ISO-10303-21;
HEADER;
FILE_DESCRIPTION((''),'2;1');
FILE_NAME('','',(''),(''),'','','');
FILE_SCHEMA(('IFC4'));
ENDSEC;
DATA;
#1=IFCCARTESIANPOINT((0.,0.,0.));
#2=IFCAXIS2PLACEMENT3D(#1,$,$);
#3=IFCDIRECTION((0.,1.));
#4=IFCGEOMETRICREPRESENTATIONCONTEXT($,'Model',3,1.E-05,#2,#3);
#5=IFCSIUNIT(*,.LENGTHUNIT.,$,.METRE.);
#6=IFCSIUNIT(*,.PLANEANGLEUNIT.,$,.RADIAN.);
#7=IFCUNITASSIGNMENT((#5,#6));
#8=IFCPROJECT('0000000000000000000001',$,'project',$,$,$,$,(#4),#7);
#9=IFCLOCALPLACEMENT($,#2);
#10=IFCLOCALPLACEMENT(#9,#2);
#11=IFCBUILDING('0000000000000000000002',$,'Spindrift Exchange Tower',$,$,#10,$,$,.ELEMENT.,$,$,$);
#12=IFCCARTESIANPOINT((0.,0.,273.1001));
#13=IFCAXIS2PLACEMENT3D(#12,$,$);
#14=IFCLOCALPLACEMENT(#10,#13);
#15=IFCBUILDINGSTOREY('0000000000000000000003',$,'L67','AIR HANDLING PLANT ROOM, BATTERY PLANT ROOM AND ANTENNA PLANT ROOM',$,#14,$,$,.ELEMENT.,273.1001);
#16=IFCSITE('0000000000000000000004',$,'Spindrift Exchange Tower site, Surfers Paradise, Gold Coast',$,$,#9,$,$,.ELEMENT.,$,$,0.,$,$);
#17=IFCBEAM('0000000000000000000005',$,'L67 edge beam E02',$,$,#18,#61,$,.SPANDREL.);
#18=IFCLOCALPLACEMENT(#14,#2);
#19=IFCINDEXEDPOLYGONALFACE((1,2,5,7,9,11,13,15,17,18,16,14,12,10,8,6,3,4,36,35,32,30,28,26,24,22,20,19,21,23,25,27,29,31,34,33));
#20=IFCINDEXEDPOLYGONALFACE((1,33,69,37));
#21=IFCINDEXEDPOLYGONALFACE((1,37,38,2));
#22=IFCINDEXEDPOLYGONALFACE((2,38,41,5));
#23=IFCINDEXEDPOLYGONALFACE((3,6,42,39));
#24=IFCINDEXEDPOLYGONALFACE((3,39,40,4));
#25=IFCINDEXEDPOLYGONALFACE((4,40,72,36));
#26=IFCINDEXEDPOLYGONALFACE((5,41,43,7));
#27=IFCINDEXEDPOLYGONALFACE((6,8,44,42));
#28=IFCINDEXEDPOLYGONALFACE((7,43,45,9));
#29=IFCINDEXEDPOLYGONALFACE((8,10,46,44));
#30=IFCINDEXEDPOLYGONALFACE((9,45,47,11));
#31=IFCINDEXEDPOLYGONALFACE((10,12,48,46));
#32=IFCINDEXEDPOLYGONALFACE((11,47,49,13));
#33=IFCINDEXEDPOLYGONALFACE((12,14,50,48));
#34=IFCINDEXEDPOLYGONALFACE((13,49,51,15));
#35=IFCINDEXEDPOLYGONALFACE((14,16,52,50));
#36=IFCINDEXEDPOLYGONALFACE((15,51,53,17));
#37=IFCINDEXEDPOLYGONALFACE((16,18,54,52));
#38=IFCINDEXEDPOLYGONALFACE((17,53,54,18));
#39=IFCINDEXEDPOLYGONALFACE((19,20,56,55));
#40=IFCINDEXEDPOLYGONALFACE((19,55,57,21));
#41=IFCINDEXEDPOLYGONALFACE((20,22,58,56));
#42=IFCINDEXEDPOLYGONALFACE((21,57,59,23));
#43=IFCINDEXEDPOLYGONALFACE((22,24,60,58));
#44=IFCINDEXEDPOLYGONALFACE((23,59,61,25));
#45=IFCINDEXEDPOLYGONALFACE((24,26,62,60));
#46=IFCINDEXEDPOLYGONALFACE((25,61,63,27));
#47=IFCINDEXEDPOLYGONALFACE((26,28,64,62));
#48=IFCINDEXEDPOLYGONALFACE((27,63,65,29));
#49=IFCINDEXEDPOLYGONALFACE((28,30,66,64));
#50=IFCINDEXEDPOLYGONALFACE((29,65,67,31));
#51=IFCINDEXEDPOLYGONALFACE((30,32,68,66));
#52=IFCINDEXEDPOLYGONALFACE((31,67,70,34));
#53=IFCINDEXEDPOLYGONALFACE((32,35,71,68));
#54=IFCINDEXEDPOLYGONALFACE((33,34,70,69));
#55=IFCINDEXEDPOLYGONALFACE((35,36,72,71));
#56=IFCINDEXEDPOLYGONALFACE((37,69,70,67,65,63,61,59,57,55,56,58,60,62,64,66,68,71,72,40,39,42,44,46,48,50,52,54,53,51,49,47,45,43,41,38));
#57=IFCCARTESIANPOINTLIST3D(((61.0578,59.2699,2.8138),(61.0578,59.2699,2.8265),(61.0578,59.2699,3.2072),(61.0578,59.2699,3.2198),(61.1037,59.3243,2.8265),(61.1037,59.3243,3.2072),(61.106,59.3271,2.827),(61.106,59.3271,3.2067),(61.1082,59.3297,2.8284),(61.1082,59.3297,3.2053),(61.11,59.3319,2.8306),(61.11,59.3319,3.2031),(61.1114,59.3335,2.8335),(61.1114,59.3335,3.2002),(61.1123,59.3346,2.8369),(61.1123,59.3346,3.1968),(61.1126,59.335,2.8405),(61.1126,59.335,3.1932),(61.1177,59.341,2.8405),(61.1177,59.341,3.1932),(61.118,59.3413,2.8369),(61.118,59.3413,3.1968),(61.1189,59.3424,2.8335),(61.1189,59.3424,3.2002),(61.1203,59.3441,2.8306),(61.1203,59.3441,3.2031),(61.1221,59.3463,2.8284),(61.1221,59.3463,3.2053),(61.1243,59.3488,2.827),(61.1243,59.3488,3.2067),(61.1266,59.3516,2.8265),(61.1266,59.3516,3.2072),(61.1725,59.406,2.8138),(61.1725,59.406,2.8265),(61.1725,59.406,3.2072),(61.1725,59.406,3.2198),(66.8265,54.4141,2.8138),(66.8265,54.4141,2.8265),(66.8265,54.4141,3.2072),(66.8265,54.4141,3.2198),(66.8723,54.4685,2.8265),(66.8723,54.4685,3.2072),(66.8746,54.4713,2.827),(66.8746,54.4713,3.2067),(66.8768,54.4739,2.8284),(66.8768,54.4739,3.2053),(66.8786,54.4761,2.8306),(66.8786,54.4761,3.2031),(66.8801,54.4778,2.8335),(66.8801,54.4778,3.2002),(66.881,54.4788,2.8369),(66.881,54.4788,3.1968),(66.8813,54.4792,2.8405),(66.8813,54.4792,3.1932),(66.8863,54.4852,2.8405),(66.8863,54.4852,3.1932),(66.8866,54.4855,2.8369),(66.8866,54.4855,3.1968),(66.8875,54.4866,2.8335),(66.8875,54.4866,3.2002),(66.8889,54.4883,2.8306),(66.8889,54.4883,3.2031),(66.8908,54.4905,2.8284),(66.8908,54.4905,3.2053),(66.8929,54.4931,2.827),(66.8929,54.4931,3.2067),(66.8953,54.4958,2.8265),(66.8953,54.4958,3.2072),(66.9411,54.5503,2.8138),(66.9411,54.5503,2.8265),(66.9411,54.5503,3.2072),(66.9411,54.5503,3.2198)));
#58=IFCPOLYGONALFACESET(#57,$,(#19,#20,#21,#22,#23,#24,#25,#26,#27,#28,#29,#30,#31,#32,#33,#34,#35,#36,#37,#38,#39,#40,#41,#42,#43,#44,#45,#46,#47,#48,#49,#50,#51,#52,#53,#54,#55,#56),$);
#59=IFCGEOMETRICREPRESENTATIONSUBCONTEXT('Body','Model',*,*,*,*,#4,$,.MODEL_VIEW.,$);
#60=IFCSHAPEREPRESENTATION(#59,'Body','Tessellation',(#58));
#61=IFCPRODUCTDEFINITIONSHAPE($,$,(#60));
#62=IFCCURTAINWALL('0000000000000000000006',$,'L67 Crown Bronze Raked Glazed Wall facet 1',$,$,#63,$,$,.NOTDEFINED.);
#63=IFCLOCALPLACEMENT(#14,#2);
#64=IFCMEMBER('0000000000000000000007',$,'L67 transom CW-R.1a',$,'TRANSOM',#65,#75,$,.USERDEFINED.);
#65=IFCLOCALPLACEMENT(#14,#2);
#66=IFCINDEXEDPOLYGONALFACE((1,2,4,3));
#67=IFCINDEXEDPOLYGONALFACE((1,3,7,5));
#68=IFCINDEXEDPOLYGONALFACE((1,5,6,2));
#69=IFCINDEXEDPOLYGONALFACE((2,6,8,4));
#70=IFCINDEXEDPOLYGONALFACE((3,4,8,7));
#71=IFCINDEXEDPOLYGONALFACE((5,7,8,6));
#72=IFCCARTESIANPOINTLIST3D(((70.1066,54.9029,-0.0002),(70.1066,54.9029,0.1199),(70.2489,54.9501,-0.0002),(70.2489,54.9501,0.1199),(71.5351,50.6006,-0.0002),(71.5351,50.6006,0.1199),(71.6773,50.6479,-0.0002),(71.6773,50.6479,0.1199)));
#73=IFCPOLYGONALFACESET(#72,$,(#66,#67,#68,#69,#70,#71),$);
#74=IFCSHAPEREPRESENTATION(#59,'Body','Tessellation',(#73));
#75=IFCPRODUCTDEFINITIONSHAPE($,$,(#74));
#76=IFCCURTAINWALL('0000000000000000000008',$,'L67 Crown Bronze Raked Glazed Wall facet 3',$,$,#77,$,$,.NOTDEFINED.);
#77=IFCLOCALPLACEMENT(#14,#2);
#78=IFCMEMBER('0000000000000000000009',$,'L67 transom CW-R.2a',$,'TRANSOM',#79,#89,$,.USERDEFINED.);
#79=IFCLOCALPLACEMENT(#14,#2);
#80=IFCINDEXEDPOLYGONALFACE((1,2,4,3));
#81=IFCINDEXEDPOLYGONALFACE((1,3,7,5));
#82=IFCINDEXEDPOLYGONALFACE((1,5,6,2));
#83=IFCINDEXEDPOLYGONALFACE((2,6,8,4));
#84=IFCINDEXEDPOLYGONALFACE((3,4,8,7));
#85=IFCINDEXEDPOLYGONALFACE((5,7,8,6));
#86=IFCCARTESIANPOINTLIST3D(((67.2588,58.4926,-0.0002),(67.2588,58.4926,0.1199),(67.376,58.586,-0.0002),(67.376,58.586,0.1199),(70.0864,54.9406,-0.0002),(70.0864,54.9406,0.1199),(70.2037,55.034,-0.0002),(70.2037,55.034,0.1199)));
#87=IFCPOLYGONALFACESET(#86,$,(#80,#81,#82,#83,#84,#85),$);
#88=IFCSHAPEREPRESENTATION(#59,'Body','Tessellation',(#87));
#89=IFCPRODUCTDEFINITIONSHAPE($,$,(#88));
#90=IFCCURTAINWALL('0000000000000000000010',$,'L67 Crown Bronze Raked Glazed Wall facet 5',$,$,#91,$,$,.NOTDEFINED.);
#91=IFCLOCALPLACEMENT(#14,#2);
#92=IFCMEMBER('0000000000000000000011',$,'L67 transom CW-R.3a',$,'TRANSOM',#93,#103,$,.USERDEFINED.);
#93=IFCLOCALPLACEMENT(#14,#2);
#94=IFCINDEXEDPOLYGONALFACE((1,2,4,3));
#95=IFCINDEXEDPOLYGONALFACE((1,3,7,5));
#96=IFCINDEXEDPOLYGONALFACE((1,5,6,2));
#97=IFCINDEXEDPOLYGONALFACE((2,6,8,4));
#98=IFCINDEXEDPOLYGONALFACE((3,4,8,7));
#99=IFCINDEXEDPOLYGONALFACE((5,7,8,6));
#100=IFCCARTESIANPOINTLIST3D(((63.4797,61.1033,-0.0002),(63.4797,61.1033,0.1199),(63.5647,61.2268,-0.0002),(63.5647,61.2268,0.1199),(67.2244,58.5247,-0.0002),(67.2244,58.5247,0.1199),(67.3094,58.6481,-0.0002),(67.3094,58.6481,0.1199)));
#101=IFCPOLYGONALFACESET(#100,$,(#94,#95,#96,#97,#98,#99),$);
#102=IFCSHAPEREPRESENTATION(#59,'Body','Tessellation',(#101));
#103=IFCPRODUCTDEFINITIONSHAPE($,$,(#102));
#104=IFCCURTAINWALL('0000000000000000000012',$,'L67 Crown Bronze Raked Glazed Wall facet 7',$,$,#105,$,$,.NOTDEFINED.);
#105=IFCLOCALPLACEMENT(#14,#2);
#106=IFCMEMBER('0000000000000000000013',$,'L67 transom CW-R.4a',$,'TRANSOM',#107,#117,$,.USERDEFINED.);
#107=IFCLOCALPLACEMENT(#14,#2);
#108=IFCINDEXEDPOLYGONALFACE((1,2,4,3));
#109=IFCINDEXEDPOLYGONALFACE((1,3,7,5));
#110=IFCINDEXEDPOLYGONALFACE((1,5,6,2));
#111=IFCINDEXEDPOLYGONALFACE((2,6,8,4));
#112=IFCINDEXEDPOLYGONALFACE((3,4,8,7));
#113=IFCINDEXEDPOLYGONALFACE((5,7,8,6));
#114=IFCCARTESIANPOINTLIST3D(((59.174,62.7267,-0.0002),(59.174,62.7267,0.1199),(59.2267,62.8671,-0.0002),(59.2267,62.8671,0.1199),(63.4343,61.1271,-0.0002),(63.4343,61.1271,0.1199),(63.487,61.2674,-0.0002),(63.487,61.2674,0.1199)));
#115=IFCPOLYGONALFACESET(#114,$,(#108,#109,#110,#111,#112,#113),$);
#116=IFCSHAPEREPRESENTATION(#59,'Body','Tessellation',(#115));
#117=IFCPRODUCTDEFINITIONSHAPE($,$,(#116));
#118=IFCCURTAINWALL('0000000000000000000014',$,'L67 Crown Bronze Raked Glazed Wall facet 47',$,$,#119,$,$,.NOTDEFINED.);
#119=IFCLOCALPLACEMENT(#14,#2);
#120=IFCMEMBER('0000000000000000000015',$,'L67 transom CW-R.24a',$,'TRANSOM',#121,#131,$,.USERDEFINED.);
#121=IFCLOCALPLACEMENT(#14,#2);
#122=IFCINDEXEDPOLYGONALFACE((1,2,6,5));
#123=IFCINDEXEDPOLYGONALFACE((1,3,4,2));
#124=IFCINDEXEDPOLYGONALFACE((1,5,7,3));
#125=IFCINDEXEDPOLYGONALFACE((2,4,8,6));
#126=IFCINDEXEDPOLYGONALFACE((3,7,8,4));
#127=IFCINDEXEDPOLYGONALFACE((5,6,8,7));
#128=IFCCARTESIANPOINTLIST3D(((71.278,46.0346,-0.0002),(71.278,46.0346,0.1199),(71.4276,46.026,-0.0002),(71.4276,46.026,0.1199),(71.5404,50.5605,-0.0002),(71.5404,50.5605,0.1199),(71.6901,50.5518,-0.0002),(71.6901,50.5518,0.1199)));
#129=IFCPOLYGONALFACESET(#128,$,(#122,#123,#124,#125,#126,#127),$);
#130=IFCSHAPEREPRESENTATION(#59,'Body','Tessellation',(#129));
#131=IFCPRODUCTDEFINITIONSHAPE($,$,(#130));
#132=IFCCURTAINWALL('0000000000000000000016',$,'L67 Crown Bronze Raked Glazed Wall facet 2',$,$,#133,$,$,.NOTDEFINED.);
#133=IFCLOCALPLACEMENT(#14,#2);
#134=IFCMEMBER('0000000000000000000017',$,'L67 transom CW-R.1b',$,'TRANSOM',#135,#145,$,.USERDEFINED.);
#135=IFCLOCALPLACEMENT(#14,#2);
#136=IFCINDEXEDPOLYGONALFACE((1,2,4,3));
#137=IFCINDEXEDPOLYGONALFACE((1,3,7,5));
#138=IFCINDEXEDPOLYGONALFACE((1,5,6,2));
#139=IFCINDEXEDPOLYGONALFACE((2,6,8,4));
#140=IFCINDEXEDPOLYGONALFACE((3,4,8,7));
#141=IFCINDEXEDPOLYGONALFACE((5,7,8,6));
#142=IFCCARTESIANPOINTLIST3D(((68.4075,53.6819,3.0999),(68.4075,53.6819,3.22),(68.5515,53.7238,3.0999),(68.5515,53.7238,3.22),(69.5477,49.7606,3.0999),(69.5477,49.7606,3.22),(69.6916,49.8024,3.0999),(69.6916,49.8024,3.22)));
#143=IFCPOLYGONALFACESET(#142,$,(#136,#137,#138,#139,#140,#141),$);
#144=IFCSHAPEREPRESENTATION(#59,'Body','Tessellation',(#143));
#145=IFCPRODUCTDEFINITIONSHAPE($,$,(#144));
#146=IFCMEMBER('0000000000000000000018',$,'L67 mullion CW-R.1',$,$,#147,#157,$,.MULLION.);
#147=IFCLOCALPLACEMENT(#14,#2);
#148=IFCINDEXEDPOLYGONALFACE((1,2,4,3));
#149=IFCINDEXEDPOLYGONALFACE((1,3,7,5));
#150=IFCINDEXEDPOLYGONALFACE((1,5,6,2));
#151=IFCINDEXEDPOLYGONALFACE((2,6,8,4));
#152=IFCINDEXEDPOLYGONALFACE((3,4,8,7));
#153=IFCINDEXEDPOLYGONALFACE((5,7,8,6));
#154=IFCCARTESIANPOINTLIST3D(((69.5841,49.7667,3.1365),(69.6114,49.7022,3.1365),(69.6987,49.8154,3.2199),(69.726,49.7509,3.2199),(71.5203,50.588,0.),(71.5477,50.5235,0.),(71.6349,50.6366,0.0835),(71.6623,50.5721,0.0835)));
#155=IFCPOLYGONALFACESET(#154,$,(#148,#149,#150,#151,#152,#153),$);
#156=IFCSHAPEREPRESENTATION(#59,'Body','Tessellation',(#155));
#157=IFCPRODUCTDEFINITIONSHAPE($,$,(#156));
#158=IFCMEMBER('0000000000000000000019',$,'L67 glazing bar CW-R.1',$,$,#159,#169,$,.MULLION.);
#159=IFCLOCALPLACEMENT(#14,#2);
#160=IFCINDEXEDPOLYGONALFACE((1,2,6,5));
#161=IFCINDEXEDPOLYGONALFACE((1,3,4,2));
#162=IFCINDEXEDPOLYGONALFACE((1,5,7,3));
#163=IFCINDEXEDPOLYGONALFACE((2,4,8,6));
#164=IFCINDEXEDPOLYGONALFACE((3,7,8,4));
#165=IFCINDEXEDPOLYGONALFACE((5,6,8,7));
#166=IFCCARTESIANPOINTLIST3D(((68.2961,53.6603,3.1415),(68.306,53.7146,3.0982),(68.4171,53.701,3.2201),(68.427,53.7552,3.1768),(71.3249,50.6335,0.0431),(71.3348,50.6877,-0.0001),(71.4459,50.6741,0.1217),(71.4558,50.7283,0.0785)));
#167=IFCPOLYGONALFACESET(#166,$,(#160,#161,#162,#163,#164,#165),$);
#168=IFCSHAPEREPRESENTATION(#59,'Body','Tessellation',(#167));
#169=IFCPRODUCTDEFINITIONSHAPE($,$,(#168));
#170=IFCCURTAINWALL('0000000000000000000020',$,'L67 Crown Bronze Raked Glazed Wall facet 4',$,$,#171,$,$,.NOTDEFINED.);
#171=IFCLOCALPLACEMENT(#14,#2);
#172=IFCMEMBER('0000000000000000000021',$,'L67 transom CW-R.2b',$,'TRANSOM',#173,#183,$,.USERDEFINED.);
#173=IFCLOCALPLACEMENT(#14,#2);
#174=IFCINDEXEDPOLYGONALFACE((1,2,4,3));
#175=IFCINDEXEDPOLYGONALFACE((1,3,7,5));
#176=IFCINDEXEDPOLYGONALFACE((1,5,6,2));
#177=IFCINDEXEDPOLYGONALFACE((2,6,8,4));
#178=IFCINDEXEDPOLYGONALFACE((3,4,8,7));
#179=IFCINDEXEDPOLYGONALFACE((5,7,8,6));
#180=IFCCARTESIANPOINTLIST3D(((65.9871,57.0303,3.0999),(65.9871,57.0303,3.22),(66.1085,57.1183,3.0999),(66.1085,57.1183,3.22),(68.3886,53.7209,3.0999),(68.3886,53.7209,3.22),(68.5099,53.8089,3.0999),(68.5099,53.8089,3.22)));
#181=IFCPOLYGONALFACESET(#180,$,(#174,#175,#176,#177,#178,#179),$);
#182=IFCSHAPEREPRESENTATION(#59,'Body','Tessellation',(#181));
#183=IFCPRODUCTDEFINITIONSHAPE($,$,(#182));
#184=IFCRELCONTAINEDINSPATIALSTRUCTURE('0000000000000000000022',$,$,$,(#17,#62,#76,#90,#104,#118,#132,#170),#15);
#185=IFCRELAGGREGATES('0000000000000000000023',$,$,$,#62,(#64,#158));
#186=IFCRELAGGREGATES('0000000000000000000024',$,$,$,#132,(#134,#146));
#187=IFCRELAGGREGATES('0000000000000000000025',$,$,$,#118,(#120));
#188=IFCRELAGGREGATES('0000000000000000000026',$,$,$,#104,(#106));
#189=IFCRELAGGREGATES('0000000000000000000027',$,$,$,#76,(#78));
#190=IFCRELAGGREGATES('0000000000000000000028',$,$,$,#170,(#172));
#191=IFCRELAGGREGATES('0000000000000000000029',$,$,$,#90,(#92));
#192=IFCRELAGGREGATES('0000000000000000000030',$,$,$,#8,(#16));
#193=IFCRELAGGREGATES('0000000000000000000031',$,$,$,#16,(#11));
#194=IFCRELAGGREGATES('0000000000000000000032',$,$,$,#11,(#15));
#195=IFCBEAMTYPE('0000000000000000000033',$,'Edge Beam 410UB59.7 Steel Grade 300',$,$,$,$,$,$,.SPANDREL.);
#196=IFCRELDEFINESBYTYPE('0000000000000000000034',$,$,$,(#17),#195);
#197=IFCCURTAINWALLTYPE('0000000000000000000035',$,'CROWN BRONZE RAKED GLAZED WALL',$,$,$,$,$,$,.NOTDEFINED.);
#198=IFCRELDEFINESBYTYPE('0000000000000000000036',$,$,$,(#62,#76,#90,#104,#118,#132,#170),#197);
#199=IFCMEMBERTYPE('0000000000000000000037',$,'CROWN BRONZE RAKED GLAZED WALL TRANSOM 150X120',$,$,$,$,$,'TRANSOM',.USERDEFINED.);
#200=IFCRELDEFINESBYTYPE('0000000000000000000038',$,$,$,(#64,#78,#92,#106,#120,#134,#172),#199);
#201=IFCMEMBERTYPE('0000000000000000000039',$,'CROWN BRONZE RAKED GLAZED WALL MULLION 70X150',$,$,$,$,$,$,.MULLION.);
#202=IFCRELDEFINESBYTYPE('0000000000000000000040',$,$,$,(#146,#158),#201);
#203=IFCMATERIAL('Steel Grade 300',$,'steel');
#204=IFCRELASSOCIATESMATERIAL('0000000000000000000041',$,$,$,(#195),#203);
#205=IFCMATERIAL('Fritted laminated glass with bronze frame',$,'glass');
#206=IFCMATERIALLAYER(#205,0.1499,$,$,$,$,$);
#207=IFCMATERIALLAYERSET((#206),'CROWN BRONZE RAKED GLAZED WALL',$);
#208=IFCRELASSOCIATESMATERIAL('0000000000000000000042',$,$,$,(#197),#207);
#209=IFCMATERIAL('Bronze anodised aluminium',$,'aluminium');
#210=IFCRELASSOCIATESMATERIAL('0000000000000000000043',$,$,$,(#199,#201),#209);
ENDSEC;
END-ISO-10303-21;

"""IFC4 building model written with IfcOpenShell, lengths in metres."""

from ifc_helpers import new_model, si_unit, direction, frame, origin, origin_2d, place, context, subcontext, project, spatial, rectangle, i_section, extrude, source, transform, mapped, material, layer, layer_set, material_profile, profile_set, type_object, element, aggregate, save


model = new_model("IFC4")

# Units and contexts
model_context = context("Model", 3, precision=1e-05, world=origin(), true_north=direction((0.0, 1.0)))
body_context = subcontext(model_context, "Body", "Model", "MODEL_VIEW")
ifc_project = project(units=[si_unit("LENGTHUNIT", "METRE"), si_unit("PLANEANGLEUNIT", "RADIAN")], contexts=[model_context])

# Site, building, storey
site_placement = place(None, origin())
site = spatial("IfcSite", under=ifc_project, at=site_placement, Name="Spindrift Exchange Tower site, Surfers Paradise, Gold Coast", CompositionType="ELEMENT", RefElevation=0.0)
building_placement = place(site_placement, origin())
building = spatial("IfcBuilding", under=site, at=building_placement, Name="Spindrift Exchange Tower", CompositionType="ELEMENT")
storey_placement = place(building_placement, frame((0.0, 0.0, 273.1001)))
storey = spatial("IfcBuildingStorey", under=building, at=storey_placement, Name="L67", Description="AIR HANDLING PLANT ROOM, BATTERY PLANT ROOM AND ANTENNA PLANT ROOM", CompositionType="ELEMENT", Elevation=273.1001)

# Beam
ifc_material_1 = material(Name="Steel Grade 300", Category="steel")
ifc_material_profile_1 = material_profile(ifc_material_1, i_section(OverallWidth=0.178, OverallDepth=0.406, WebThickness=0.0078, FlangeThickness=0.0127, FilletRadius=0.0139, at=origin_2d()), Name="410UB59.7")
ifc_profile_set_1 = profile_set([ifc_material_profile_1], Name="Steel Grade 300")
beam_type_1 = type_object("IfcBeamType", Name="Edge Beam 410UB59.7 Steel Grade 300", PredefinedType="SPANDREL", material=ifc_profile_set_1)
shared_shape_1 = source(origin(), body_context, "Body", "SweptSolid", [
    extrude(i_section(OverallWidth=0.178, OverallDepth=0.406, WebThickness=0.0078, FlangeThickness=0.0127, FilletRadius=0.0139, at=origin_2d()), origin(), (0.0, 0.0, 1.0), 7.5403),
])
beam_1_placement = place(storey_placement, frame((66.8838, 54.4822, 3.0168), z_axis=(-0.765043, 0.643979, 0.0), x_axis=(-0.643979, -0.765043, 0.0)))
element("IfcBeam", 1, at=beam_1_placement, inside=storey, type_object=beam_type_1, Name="L67 edge beam E02", PredefinedType="SPANDREL", context=body_context, shape_type="MappedRepresentation", body=[
    mapped(shared_shape_1, transform((0.0, 0.0, 0.0), scale=1.0)),
])

# Curtain walls, members
ifc_material_2 = material(Name="Fritted laminated glass with bronze frame", Category="glass")
ifc_layer_1 = layer(ifc_material_2, 0.1499)
ifc_layer_set_1 = layer_set([ifc_layer_1], Name="CROWN BRONZE RAKED GLAZED WALL")
curtain_wall_type = type_object("IfcCurtainWallType", Name="CROWN BRONZE RAKED GLAZED WALL", PredefinedType="NOTDEFINED", material=ifc_layer_set_1)
curtain_wall_1_placement = place(storey_placement, origin())
curtain_wall_1 = element("IfcCurtainWall", 2, at=curtain_wall_1_placement, inside=storey, type_object=curtain_wall_type, Name="L67 Crown Bronze Raked Glazed Wall facet 1", PredefinedType="NOTDEFINED")
ifc_material_3 = material(Name="Bronze anodised aluminium", Category="aluminium")
ifc_material_profile_2 = material_profile(ifc_material_3, rectangle(XDim=0.1499, YDim=0.1201, at=origin_2d()), Name="CROWN BRONZE RAKED GLAZED WALL TRANSOM 150X120")
ifc_profile_set_2 = profile_set([ifc_material_profile_2], Name="Bronze anodised aluminium")
member_type_1 = type_object("IfcMemberType", Name="CROWN BRONZE RAKED GLAZED WALL TRANSOM 150X120", ElementType="TRANSOM", PredefinedType="USERDEFINED", material=ifc_profile_set_2)
shared_shape_2 = source(origin(), body_context, "Body", "SweptSolid", [
    extrude(rectangle(XDim=0.1499, YDim=0.1201, at=origin_2d()), origin(), (0.0, 0.0, 1.0), 4.5332),
])
member_1_placement = place(storey_placement, frame((71.6062, 50.6243, 0.0598), z_axis=(-0.315113, 0.949054, 0.0), x_axis=(-0.949054, -0.315113, 0.0)))
member_1 = element("IfcMember", 3, at=member_1_placement, type_object=member_type_1, Name="L67 transom CW-R.1a", ObjectType="TRANSOM", PredefinedType="USERDEFINED", context=body_context, shape_type="MappedRepresentation", body=[
    mapped(shared_shape_2, transform((0.0, 0.0, 0.0), scale=1.0)),
])
curtain_wall_2_placement = place(storey_placement, origin())
curtain_wall_2 = element("IfcCurtainWall", 4, at=curtain_wall_2_placement, inside=storey, type_object=curtain_wall_type, Name="L67 Crown Bronze Raked Glazed Wall facet 3", PredefinedType="NOTDEFINED")
shared_shape_3 = source(origin(), body_context, "Body", "SweptSolid", [
    extrude(rectangle(XDim=0.1499, YDim=0.1201, at=origin_2d()), origin(), (0.0, 0.0, 1.0), 4.54),
])
member_2_placement = place(storey_placement, frame((70.145, 54.9873, 0.0598), z_axis=(-0.622818, 0.782367, 0.0), x_axis=(-0.782367, -0.622818, 0.0)))
member_2 = element("IfcMember", 5, at=member_2_placement, type_object=member_type_1, Name="L67 transom CW-R.2a", ObjectType="TRANSOM", PredefinedType="USERDEFINED", context=body_context, shape_type="MappedRepresentation", body=[
    mapped(shared_shape_3, transform((0.0, 0.0, 0.0), scale=1.0)),
])
curtain_wall_3_placement = place(storey_placement, origin())
curtain_wall_3 = element("IfcCurtainWall", 6, at=curtain_wall_3_placement, inside=storey, type_object=curtain_wall_type, Name="L67 Crown Bronze Raked Glazed Wall facet 5", PredefinedType="NOTDEFINED")
shared_shape_4 = source(origin(), body_context, "Body", "SweptSolid", [
    extrude(rectangle(XDim=0.1499, YDim=0.1201, at=origin_2d()), origin(), (0.0, 0.0, 1.0), 4.5466),
])
member_3_placement = place(storey_placement, frame((63.5222, 61.165, 0.0598), z_axis=(0.823612, -0.567153, 0.0), x_axis=(0.567153, 0.823612, 0.0)))
member_3 = element("IfcMember", 7, at=member_3_placement, type_object=member_type_1, Name="L67 transom CW-R.3a", ObjectType="TRANSOM", PredefinedType="USERDEFINED", context=body_context, shape_type="MappedRepresentation", body=[
    mapped(shared_shape_4, transform((0.0, 0.0, 0.0), scale=1.0)),
])
curtain_wall_4_placement = place(storey_placement, origin())
curtain_wall_4 = element("IfcCurtainWall", 8, at=curtain_wall_4_placement, inside=storey, type_object=curtain_wall_type, Name="L67 Crown Bronze Raked Glazed Wall facet 7", PredefinedType="NOTDEFINED")
shared_shape_5 = source(origin(), body_context, "Body", "SweptSolid", [
    extrude(rectangle(XDim=0.1499, YDim=0.1201, at=origin_2d()), origin(), (0.0, 0.0, 1.0), 4.5508),
])
member_4_placement = place(storey_placement, frame((63.4607, 61.1973, 0.0598), z_axis=(-0.936184, 0.351511, 0.0), x_axis=(-0.351511, -0.936184, 0.0)))
member_4 = element("IfcMember", 9, at=member_4_placement, type_object=member_type_1, Name="L67 transom CW-R.4a", ObjectType="TRANSOM", PredefinedType="USERDEFINED", context=body_context, shape_type="MappedRepresentation", body=[
    mapped(shared_shape_5, transform((0.0, 0.0, 0.0), scale=1.0)),
])
curtain_wall_5_placement = place(storey_placement, origin())
curtain_wall_5 = element("IfcCurtainWall", 10, at=curtain_wall_5_placement, inside=storey, type_object=curtain_wall_type, Name="L67 Crown Bronze Raked Glazed Wall facet 47", PredefinedType="NOTDEFINED")
shared_shape_6 = source(origin(), body_context, "Body", "SweptSolid", [
    extrude(rectangle(XDim=0.1499, YDim=0.1201, at=origin_2d()), origin(), (0.0, 0.0, 1.0), 4.5334),
])
member_5_placement = place(storey_placement, frame((71.6152, 50.5562, 0.0598), z_axis=(-0.057892, -0.998323, 0.0), x_axis=(0.998323, -0.057892, 0.0)))
member_5 = element("IfcMember", 11, at=member_5_placement, type_object=member_type_1, Name="L67 transom CW-R.24a", ObjectType="TRANSOM", PredefinedType="USERDEFINED", context=body_context, shape_type="MappedRepresentation", body=[
    mapped(shared_shape_6, transform((0.0, 0.0, 0.0), scale=1.0)),
])

# Curtain wall, members
curtain_wall_6_placement = place(storey_placement, origin())
curtain_wall_6 = element("IfcCurtainWall", 12, at=curtain_wall_6_placement, inside=storey, type_object=curtain_wall_type, Name="L67 Crown Bronze Raked Glazed Wall facet 2", PredefinedType="NOTDEFINED")
shared_shape_7 = source(origin(), body_context, "Body", "SweptSolid", [
    extrude(rectangle(XDim=0.1499, YDim=0.1201, at=origin_2d()), origin(), (0.0, 0.0, 1.0), 4.0837),
])
member_6_placement = place(storey_placement, frame((69.6196, 49.7815, 3.1599), z_axis=(-0.279187, 0.960237, 0.0), x_axis=(-0.960237, -0.279187, 0.0)))
member_6 = element("IfcMember", 13, at=member_6_placement, type_object=member_type_1, Name="L67 transom CW-R.1b", ObjectType="TRANSOM", PredefinedType="USERDEFINED", context=body_context, shape_type="MappedRepresentation", body=[
    mapped(shared_shape_7, transform((0.0, 0.0, 0.0), scale=1.0)),
])
ifc_material_profile_3 = material_profile(ifc_material_3, rectangle(XDim=0.0701, YDim=0.1499, at=origin_2d()), Name="CROWN BRONZE RAKED GLAZED WALL MULLION 70X150")
ifc_profile_set_3 = profile_set([ifc_material_profile_3], Name="Bronze anodised aluminium")
member_type_2 = type_object("IfcMemberType", Name="CROWN BRONZE RAKED GLAZED WALL MULLION 70X150", PredefinedType="MULLION", material=ifc_profile_set_3)
shared_shape_8 = source(origin(), body_context, "Body", "SweptSolid", [
    extrude(rectangle(XDim=0.0701, YDim=0.1499, at=origin_2d()), origin(), (0.0, 0.0, 1.0), 3.7764),
])
member_7_placement = place(storey_placement, frame((71.5913, 50.5801, 0.0417), z_axis=(-0.512732, -0.21748, 0.830547), x_axis=(0.390484, -0.92061, 0.0)))
member_7 = element("IfcMember", 14, at=member_7_placement, type_object=member_type_2, Name="L67 mullion CW-R.1", PredefinedType="MULLION", context=body_context, shape_type="MappedRepresentation", body=[
    mapped(shared_shape_8, transform((0.0, 0.0, 0.0), scale=1.0)),
])

# Member
shared_shape_9 = source(origin(), body_context, "Body", "SweptSolid", [
    extrude(rectangle(XDim=0.0701, YDim=0.1499, at=origin_2d()), origin(), (0.0, 0.0, 1.0), 5.2854),
])
member_8_placement = place(storey_placement, frame((71.3904, 50.6809, 0.0608), z_axis=(-0.573051, 0.572681, 0.586216), x_axis=(-0.14151, -0.773718, 0.617523)))
member_8 = element("IfcMember", 15, at=member_8_placement, type_object=member_type_2, Name="L67 glazing bar CW-R.1", PredefinedType="MULLION", context=body_context, shape_type="MappedRepresentation", body=[
    mapped(shared_shape_9, transform((0.0, 0.0, 0.0), scale=1.0)),
])

# Curtain wall, member
curtain_wall_7_placement = place(storey_placement, origin())
curtain_wall_7 = element("IfcCurtainWall", 16, at=curtain_wall_7_placement, inside=storey, type_object=curtain_wall_type, Name="L67 Crown Bronze Raked Glazed Wall facet 4", PredefinedType="NOTDEFINED")
shared_shape_10 = source(origin(), body_context, "Body", "SweptSolid", [
    extrude(rectangle(XDim=0.1499, YDim=0.1201, at=origin_2d()), origin(), (0.0, 0.0, 1.0), 4.0889),
])
member_9_placement = place(storey_placement, frame((68.4492, 53.7649, 3.1599), z_axis=(-0.587305, 0.809366, 0.0), x_axis=(-0.809366, -0.587305, 0.0)))
member_9 = element("IfcMember", 17, at=member_9_placement, type_object=member_type_1, Name="L67 transom CW-R.2b", ObjectType="TRANSOM", PredefinedType="USERDEFINED", context=body_context, shape_type="MappedRepresentation", body=[
    mapped(shared_shape_10, transform((0.0, 0.0, 0.0), scale=1.0)),
])

aggregate(curtain_wall_1, [member_1, member_8])
aggregate(curtain_wall_6, [member_6, member_7])
aggregate(curtain_wall_5, [member_5])
aggregate(curtain_wall_4, [member_4])
aggregate(curtain_wall_2, [member_2])
aggregate(curtain_wall_7, [member_9])
aggregate(curtain_wall_3, [member_3])

save(model, "model.ifc")
